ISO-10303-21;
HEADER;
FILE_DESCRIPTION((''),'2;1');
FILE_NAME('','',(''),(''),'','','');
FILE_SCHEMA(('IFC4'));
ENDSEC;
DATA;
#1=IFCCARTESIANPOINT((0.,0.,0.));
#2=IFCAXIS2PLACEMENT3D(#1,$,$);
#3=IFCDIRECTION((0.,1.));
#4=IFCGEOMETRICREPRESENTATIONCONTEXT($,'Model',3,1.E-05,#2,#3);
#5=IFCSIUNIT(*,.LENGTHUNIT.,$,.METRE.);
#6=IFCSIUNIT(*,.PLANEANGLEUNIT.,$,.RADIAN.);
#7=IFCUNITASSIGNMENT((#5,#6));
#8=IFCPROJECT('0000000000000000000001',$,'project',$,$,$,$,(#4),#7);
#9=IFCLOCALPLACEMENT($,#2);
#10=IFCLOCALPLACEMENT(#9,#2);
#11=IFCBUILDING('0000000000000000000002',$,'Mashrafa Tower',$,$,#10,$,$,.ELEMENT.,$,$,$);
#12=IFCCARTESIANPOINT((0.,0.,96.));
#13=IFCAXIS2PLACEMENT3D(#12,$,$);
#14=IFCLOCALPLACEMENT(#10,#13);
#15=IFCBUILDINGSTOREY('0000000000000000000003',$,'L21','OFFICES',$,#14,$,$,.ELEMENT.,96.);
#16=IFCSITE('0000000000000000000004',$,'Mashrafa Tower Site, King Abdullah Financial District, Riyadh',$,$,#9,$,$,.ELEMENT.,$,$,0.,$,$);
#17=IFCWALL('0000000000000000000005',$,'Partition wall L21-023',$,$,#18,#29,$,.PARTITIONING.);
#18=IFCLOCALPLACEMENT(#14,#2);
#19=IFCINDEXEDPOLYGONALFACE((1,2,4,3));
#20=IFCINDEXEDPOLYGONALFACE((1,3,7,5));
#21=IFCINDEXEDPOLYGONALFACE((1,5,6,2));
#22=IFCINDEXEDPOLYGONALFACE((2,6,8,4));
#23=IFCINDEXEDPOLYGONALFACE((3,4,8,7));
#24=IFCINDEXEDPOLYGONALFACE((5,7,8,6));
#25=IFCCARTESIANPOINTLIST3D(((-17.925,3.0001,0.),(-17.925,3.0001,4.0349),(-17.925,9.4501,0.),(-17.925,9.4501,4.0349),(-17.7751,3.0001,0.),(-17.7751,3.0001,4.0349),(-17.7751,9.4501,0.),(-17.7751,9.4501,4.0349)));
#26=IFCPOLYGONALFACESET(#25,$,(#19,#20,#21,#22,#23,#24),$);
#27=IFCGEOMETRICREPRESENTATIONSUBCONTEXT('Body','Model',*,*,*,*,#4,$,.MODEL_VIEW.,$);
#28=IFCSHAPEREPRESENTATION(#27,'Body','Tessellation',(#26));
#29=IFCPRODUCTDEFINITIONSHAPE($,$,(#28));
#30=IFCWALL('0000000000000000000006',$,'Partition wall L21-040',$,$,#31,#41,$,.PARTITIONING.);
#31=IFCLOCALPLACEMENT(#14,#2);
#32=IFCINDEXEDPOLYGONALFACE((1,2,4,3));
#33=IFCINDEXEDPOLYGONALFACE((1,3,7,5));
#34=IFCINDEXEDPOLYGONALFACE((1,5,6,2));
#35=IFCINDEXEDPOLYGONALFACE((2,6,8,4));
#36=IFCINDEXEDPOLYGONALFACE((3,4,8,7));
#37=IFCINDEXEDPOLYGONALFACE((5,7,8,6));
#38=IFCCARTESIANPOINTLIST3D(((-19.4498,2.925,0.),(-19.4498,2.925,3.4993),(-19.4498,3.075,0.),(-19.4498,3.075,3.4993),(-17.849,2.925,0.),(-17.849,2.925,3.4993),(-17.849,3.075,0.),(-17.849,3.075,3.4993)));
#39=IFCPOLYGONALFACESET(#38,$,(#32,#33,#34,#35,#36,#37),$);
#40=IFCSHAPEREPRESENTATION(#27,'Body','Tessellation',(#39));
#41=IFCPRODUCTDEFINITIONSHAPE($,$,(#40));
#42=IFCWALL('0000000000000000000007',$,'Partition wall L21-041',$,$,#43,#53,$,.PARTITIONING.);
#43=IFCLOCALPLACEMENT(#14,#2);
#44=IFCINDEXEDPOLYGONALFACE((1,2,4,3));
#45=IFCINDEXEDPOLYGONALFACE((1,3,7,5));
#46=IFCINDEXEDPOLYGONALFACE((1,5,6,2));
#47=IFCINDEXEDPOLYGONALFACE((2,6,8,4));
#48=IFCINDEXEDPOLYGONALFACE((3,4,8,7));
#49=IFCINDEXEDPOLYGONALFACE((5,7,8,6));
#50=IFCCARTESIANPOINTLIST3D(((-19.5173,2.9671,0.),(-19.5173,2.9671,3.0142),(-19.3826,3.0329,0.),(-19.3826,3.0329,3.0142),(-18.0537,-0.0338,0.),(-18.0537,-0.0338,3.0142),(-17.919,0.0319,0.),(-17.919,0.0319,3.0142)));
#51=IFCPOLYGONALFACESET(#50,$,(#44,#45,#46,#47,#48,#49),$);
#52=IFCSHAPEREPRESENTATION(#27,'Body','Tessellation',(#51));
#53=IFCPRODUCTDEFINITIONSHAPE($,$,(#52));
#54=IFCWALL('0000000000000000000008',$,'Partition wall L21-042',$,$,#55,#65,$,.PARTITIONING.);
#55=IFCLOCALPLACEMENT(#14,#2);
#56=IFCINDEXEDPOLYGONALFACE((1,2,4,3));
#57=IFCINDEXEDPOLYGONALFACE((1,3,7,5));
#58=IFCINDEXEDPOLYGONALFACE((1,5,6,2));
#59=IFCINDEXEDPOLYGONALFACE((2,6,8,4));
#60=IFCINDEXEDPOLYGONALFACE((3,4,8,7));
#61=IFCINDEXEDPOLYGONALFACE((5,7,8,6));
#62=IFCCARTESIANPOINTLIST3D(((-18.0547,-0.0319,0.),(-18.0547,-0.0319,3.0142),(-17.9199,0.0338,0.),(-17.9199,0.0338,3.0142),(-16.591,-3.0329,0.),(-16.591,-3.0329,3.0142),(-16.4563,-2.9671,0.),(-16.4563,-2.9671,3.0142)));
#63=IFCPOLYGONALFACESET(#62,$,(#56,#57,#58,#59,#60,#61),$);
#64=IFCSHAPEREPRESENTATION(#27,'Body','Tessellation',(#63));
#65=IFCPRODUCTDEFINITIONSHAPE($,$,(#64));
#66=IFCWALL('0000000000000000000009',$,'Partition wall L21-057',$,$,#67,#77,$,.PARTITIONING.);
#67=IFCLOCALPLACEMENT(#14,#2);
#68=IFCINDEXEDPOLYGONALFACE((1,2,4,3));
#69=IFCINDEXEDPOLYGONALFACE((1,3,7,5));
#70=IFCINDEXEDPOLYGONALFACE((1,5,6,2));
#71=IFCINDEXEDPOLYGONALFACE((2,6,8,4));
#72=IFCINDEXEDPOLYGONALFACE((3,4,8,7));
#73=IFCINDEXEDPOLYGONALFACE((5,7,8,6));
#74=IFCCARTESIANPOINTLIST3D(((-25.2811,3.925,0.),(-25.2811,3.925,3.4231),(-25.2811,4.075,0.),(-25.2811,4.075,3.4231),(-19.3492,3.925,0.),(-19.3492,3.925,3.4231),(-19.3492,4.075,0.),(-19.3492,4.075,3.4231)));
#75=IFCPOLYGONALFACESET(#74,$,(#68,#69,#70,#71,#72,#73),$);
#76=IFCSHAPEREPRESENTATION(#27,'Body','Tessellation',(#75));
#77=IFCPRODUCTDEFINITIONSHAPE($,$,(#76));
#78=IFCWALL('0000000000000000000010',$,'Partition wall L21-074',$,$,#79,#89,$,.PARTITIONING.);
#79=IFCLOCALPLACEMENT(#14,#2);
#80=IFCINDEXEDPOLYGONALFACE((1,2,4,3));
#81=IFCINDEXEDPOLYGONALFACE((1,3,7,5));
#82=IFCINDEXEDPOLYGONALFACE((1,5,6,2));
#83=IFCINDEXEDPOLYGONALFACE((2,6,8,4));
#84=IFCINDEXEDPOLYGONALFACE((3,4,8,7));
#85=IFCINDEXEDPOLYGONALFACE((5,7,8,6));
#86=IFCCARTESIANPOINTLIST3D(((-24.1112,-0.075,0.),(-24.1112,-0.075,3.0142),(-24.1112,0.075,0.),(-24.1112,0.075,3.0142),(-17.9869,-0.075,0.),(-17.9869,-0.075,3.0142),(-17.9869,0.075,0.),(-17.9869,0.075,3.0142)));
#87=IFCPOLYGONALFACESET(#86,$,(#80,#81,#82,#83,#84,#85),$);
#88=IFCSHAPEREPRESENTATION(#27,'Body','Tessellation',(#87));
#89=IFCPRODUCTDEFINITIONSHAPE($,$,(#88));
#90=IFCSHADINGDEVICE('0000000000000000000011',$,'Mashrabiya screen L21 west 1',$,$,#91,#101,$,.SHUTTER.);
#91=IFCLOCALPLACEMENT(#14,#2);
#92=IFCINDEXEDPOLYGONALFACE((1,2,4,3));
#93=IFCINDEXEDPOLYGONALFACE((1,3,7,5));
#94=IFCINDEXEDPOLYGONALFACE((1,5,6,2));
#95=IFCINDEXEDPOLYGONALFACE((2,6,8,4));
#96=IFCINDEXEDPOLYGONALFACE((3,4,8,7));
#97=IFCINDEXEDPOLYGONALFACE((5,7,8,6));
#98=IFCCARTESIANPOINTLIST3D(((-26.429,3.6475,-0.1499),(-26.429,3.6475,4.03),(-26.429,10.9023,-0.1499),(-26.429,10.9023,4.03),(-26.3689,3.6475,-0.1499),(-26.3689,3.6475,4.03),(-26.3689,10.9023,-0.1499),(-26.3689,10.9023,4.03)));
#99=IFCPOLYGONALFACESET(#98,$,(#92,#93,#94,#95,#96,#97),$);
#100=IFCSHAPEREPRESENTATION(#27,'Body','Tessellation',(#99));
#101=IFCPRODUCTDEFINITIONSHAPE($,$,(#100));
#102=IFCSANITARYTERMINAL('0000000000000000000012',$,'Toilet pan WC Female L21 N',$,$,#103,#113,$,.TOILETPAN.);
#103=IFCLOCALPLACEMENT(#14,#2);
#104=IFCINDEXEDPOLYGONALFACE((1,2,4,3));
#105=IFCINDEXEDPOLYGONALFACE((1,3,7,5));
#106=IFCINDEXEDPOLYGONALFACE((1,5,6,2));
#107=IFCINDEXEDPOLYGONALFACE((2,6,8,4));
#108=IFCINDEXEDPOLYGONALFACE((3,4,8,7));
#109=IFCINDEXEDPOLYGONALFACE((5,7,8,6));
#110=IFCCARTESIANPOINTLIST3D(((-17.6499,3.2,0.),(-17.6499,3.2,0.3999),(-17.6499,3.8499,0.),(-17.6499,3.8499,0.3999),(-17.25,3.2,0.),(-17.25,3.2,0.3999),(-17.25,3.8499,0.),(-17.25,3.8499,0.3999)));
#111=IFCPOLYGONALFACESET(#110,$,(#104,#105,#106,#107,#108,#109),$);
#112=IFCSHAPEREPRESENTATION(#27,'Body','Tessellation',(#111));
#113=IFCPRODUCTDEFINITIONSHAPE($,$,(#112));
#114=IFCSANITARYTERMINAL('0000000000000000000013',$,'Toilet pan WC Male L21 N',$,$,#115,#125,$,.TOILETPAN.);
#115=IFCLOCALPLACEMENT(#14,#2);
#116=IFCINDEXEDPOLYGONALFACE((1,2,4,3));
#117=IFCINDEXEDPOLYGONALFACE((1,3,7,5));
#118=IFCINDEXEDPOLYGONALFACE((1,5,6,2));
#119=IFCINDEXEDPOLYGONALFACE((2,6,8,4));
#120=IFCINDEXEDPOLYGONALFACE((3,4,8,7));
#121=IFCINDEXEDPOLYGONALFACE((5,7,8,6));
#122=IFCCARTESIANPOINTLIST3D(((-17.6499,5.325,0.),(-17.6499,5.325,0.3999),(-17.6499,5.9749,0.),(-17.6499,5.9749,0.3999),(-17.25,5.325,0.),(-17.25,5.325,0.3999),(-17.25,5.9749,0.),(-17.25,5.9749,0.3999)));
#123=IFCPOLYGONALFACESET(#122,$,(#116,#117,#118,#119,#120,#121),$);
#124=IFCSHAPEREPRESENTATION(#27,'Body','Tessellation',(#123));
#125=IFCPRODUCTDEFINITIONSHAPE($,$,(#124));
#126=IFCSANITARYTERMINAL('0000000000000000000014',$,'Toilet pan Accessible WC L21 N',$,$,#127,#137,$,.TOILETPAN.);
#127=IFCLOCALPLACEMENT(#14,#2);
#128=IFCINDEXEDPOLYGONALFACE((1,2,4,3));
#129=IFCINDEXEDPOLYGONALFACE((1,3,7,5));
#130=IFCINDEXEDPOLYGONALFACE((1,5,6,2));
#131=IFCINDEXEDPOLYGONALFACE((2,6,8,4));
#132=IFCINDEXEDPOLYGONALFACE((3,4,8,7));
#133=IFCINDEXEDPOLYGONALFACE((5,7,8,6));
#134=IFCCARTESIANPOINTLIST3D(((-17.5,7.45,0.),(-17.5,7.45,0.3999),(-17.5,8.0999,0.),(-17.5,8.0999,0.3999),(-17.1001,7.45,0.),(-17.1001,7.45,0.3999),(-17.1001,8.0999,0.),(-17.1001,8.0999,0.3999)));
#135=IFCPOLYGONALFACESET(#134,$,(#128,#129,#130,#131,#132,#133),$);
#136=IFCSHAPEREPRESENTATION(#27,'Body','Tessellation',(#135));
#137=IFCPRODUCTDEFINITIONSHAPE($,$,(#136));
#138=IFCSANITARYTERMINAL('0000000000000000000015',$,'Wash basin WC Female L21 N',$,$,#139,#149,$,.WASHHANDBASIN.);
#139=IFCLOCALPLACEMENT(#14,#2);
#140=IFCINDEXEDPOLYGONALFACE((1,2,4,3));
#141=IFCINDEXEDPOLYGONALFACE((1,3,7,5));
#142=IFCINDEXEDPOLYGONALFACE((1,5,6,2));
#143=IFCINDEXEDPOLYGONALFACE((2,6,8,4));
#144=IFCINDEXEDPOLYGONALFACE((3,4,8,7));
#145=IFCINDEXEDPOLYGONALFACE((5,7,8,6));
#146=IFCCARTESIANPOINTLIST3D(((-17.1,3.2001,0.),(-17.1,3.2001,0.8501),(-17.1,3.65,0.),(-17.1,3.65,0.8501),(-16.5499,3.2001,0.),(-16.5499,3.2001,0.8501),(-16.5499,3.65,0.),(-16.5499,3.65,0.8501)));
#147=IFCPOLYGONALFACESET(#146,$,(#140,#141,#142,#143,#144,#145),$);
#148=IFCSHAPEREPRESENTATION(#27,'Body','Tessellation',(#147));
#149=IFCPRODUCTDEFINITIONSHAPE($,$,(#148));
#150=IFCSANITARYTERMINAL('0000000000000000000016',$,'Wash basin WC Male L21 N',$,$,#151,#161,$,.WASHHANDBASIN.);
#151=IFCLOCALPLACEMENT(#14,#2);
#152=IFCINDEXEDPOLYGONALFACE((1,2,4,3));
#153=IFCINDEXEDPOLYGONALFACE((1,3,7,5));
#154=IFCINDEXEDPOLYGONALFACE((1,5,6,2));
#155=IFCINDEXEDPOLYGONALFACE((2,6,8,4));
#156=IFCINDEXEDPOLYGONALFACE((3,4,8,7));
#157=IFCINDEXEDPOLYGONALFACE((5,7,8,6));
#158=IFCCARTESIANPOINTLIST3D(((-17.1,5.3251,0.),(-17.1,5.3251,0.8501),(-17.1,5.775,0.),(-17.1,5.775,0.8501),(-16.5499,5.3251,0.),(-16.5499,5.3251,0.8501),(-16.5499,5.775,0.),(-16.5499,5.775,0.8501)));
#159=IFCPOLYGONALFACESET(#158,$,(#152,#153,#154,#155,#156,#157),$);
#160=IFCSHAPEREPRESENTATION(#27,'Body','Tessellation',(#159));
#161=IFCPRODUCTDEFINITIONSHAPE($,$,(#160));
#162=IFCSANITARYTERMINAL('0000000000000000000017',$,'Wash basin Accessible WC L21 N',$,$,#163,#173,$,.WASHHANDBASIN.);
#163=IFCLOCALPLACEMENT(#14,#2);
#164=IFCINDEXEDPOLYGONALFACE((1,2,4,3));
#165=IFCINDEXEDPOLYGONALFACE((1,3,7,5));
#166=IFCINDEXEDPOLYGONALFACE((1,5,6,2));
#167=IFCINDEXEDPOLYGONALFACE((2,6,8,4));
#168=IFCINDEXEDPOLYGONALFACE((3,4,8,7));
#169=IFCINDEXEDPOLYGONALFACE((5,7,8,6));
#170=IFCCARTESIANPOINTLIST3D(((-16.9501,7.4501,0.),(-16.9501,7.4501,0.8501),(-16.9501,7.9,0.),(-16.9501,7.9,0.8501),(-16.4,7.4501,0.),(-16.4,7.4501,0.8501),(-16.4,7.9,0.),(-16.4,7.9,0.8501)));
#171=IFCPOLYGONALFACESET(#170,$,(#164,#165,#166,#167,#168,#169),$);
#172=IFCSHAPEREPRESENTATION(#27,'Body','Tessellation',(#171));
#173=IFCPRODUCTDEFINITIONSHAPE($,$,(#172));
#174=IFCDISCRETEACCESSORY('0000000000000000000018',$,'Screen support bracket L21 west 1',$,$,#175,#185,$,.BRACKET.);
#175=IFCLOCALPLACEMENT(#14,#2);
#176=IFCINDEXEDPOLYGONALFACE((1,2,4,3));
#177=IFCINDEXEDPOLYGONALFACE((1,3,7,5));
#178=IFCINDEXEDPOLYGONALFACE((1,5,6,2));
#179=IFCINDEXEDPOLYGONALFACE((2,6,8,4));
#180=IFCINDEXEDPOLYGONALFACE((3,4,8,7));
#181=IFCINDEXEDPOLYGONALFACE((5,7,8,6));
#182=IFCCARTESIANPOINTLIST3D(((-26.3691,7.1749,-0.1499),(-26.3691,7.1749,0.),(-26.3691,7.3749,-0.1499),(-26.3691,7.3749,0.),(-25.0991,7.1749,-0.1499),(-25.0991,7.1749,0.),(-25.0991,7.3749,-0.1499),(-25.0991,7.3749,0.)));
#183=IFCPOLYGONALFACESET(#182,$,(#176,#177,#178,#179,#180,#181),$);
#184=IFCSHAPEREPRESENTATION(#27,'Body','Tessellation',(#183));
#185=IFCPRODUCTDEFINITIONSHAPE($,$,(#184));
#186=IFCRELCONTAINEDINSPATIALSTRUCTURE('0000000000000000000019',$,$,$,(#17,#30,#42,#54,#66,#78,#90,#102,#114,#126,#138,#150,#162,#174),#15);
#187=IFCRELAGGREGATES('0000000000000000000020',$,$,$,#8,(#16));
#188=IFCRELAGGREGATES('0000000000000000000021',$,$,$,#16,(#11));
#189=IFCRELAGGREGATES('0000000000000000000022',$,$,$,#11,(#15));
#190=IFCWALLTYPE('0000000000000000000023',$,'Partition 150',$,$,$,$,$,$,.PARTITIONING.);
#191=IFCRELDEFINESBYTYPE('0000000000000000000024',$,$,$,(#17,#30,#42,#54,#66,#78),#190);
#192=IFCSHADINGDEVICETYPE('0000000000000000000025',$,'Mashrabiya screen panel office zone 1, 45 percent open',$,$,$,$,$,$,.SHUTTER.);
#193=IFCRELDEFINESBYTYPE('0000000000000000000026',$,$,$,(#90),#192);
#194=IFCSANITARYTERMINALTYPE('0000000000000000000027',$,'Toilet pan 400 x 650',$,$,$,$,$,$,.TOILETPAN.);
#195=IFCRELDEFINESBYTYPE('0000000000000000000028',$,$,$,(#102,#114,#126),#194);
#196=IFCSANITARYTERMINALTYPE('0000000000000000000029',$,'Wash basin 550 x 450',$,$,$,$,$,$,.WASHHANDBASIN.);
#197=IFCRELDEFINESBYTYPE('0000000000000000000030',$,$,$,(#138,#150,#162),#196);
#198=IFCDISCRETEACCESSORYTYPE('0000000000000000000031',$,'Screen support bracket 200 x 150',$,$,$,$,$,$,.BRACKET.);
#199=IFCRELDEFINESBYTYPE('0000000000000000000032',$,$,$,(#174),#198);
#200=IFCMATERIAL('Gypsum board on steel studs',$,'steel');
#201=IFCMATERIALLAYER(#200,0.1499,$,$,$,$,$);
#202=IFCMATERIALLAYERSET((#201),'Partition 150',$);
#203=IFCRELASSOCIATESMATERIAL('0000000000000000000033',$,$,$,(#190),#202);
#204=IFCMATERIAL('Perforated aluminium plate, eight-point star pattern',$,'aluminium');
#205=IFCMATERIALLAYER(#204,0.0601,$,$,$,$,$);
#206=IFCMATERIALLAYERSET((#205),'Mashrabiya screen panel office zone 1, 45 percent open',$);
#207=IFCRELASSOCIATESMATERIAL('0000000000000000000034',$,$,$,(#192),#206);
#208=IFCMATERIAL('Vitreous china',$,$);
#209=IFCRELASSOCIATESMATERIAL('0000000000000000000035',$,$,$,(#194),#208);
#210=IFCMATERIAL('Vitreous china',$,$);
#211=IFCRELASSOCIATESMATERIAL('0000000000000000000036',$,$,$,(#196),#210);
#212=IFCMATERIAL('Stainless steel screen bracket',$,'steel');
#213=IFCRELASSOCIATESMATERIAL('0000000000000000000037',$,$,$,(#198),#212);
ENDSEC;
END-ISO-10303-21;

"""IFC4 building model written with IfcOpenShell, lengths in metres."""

from ifc_helpers import new_model, si_unit, direction, frame, frame_2d, origin, origin_2d, place, context, subcontext, project, spatial, rectangle, extrude, source, transform, mapped, material, layer, layer_set, type_object, type_shapes, element, save


model = new_model("IFC4")

# Units and contexts
model_context = context("Model", 3, precision=1e-05, world=origin(), true_north=direction((0.0, 1.0)))
body_context = subcontext(model_context, "Body", "Model", "MODEL_VIEW")
ifc_project = project(units=[si_unit("LENGTHUNIT", "METRE"), si_unit("PLANEANGLEUNIT", "RADIAN")], contexts=[model_context])

# Site, building, storey
site_placement = place(None, origin())
site = spatial("IfcSite", under=ifc_project, at=site_placement, Name="Mashrafa Tower Site, King Abdullah Financial District, Riyadh", CompositionType="ELEMENT", RefElevation=0.0)
building_placement = place(site_placement, origin())
building = spatial("IfcBuilding", under=site, at=building_placement, Name="Mashrafa Tower", CompositionType="ELEMENT")
storey_placement = place(building_placement, frame((0.0, 0.0, 96.0)))
storey = spatial("IfcBuildingStorey", under=building, at=storey_placement, Name="L21", Description="OFFICES", CompositionType="ELEMENT", Elevation=96.0)

# Walls
ifc_material_1 = material(Name="Gypsum board on steel studs", Category="steel")
ifc_layer_1 = layer(ifc_material_1, 0.1499)
ifc_layer_set_1 = layer_set([ifc_layer_1], Name="Partition 150")
wall_type = type_object("IfcWallType", Name="Partition 150", PredefinedType="PARTITIONING", material=ifc_layer_set_1)
wall_1_placement = place(storey_placement, frame((-17.8501, 3.0, 0.0), z_axis=(0.0, 0.0, 1.0), x_axis=(0.0, 1.0, 0.0)))
element("IfcWall", 1, at=wall_1_placement, inside=storey, type_object=wall_type, Name="Partition wall L21-023", PredefinedType="PARTITIONING", context=body_context, shape_type="SweptSolid", body=[
    extrude(rectangle(XDim=6.45, YDim=0.1499, at=frame_2d((3.2251, 0.0))), origin(), (0.0, 0.0, 1.0), 4.0349),
])
wall_2_placement = place(storey_placement, frame((-17.8491, 3.0, 0.0), z_axis=(0.0, 0.0, 1.0), x_axis=(-1.0, 0.0, 0.0)))
element("IfcWall", 2, at=wall_2_placement, inside=storey, type_object=wall_type, Name="Partition wall L21-040", PredefinedType="PARTITIONING", context=body_context, shape_type="SweptSolid", body=[
    extrude(rectangle(XDim=1.6008, YDim=0.1499, at=frame_2d((0.8003, 0.0))), origin(), (0.0, 0.0, 1.0), 3.4993),
])
for number, where, z_axis, x_axis, name in (
    (3, (-19.45, 3.0, 0.0), (0.0, 0.0, 1.0), (0.438359, -0.8988, 0.0), "Partition wall L21-041"),
    (4, (-17.9873, 0.001, 0.0), (0.0, 0.0, 1.0), (0.438359, -0.8988, 0.0), "Partition wall L21-042"),
):
    element("IfcWall", number, at=place(storey_placement, frame(where, z_axis=z_axis, x_axis=x_axis)), inside=storey, type_object=wall_type, Name=name, PredefinedType="PARTITIONING", context=body_context, shape_type="SweptSolid", body=[
        extrude(rectangle(XDim=3.3389, YDim=0.1499, at=frame_2d((1.6694, 0.0))), origin(), (0.0, 0.0, 1.0), 3.0142),
    ])
wall_3_placement = place(storey_placement, frame((-25.281, 4.0, 0.0), z_axis=(0.0, 0.0, 1.0), x_axis=(1.0, 0.0, 0.0)))
element("IfcWall", 5, at=wall_3_placement, inside=storey, type_object=wall_type, Name="Partition wall L21-057", PredefinedType="PARTITIONING", context=body_context, shape_type="SweptSolid", body=[
    extrude(rectangle(XDim=5.9319, YDim=0.1499, at=frame_2d((2.9658, 0.0))), origin(), (0.0, 0.0, 1.0), 3.4231),
])

# Wall
wall_4_placement = place(storey_placement, frame((-24.1111, 0.0, 0.0), z_axis=(0.0, 0.0, 1.0), x_axis=(1.0, 0.0, 0.0)))
element("IfcWall", 6, at=wall_4_placement, inside=storey, type_object=wall_type, Name="Partition wall L21-074", PredefinedType="PARTITIONING", context=body_context, shape_type="SweptSolid", body=[
    extrude(rectangle(XDim=6.1243, YDim=0.1499, at=frame_2d((3.062, 0.0))), origin(), (0.0, 0.0, 1.0), 3.0142),
])

# Shading device
ifc_material_2 = material(Name="Perforated aluminium plate, eight-point star pattern", Category="aluminium")
ifc_layer_2 = layer(ifc_material_2, 0.0601)
ifc_layer_set_2 = layer_set([ifc_layer_2], Name="Mashrabiya screen panel office zone 1, 45 percent open")
shading_device_type = type_object("IfcShadingDeviceType", Name="Mashrabiya screen panel office zone 1, 45 percent open", PredefinedType="SHUTTER", material=ifc_layer_set_2)
shared_shape_1 = source(origin(), body_context, "Body", "SweptSolid", [
    extrude(rectangle(XDim=7.2549, YDim=0.0601, at=origin_2d()), origin(), (0.0, 0.0, 1.0), 4.1799),
])
type_shapes(shading_device_type, [shared_shape_1])
shading_device_placement = place(storey_placement, frame((-26.3989, 7.2749, -0.1499), z_axis=(0.0, 0.0, 1.0), x_axis=(0.0, -1.0, 0.0)))
element("IfcShadingDevice", 7, at=shading_device_placement, inside=storey, type_object=shading_device_type, Name="Mashrabiya screen L21 west 1", PredefinedType="SHUTTER", context=body_context, shape_type="MappedRepresentation", body=[
    mapped(shared_shape_1, transform((0.0, 0.0, 0.0))),
])

# Sanitary terminals
ifc_material_3 = material(Name="Vitreous china")
sanitary_terminal_type_1 = type_object("IfcSanitaryTerminalType", Name="Toilet pan 400 x 650", PredefinedType="TOILETPAN", material=ifc_material_3)
for number, where, z_axis, x_axis, name in (
    (8, (-17.45, 3.5249, 0.0), (0.0, 0.0, 1.0), (1.0, 0.0, 0.0), "Toilet pan WC Female L21 N"),
    (9, (-17.45, 5.6499, 0.0), (0.0, 0.0, 1.0), (1.0, 0.0, 0.0), "Toilet pan WC Male L21 N"),
    (10, (-17.3, 7.7749, 0.0), (0.0, 0.0, 1.0), (1.0, 0.0, 0.0), "Toilet pan Accessible WC L21 N"),
):
    element("IfcSanitaryTerminal", number, at=place(storey_placement, frame(where, z_axis=z_axis, x_axis=x_axis)), inside=storey, type_object=sanitary_terminal_type_1, Name=name, PredefinedType="TOILETPAN", context=body_context, shape_type="SweptSolid", body=[
        extrude(rectangle(XDim=0.3999, YDim=0.6499, at=origin_2d()), origin(), (0.0, 0.0, 1.0), 0.3999),
    ])
ifc_material_4 = material(Name="Vitreous china")
sanitary_terminal_type_2 = type_object("IfcSanitaryTerminalType", Name="Wash basin 550 x 450", PredefinedType="WASHHANDBASIN", material=ifc_material_4)
for number, where, z_axis, x_axis, name in (
    (11, (-16.825, 3.425, 0.0), (0.0, 0.0, 1.0), (1.0, 0.0, 0.0), "Wash basin WC Female L21 N"),
    (12, (-16.825, 5.55, 0.0), (0.0, 0.0, 1.0), (1.0, 0.0, 0.0), "Wash basin WC Male L21 N"),
    (13, (-16.675, 7.675, 0.0), (0.0, 0.0, 1.0), (1.0, 0.0, 0.0), "Wash basin Accessible WC L21 N"),
):
    element("IfcSanitaryTerminal", number, at=place(storey_placement, frame(where, z_axis=z_axis, x_axis=x_axis)), inside=storey, type_object=sanitary_terminal_type_2, Name=name, PredefinedType="WASHHANDBASIN", context=body_context, shape_type="SweptSolid", body=[
        extrude(rectangle(XDim=0.55, YDim=0.45, at=origin_2d()), origin(), (0.0, 0.0, 1.0), 0.8501),
    ])

# Discrete accessory
ifc_material_5 = material(Name="Stainless steel screen bracket", Category="steel")
discrete_accessory_type = type_object("IfcDiscreteAccessoryType", Name="Screen support bracket 200 x 150", PredefinedType="BRACKET", material=ifc_material_5)
shared_shape_2 = source(origin(), body_context, "Body", "SweptSolid", [
    extrude(rectangle(XDim=0.2, YDim=1.27, at=origin_2d()), origin(), (0.0, 0.0, 1.0), 0.1499),
])
type_shapes(discrete_accessory_type, [shared_shape_2])
discrete_accessory_placement = place(storey_placement, frame((-25.7341, 7.2749, -0.1499), z_axis=(0.0, 0.0, 1.0), x_axis=(0.0, -1.0, 0.0)))
element("IfcDiscreteAccessory", 14, at=discrete_accessory_placement, inside=storey, type_object=discrete_accessory_type, Name="Screen support bracket L21 west 1", PredefinedType="BRACKET", context=body_context, shape_type="MappedRepresentation", body=[
    mapped(shared_shape_2, transform((0.0, 0.0, 0.0))),
])

save(model, "model.ifc")
